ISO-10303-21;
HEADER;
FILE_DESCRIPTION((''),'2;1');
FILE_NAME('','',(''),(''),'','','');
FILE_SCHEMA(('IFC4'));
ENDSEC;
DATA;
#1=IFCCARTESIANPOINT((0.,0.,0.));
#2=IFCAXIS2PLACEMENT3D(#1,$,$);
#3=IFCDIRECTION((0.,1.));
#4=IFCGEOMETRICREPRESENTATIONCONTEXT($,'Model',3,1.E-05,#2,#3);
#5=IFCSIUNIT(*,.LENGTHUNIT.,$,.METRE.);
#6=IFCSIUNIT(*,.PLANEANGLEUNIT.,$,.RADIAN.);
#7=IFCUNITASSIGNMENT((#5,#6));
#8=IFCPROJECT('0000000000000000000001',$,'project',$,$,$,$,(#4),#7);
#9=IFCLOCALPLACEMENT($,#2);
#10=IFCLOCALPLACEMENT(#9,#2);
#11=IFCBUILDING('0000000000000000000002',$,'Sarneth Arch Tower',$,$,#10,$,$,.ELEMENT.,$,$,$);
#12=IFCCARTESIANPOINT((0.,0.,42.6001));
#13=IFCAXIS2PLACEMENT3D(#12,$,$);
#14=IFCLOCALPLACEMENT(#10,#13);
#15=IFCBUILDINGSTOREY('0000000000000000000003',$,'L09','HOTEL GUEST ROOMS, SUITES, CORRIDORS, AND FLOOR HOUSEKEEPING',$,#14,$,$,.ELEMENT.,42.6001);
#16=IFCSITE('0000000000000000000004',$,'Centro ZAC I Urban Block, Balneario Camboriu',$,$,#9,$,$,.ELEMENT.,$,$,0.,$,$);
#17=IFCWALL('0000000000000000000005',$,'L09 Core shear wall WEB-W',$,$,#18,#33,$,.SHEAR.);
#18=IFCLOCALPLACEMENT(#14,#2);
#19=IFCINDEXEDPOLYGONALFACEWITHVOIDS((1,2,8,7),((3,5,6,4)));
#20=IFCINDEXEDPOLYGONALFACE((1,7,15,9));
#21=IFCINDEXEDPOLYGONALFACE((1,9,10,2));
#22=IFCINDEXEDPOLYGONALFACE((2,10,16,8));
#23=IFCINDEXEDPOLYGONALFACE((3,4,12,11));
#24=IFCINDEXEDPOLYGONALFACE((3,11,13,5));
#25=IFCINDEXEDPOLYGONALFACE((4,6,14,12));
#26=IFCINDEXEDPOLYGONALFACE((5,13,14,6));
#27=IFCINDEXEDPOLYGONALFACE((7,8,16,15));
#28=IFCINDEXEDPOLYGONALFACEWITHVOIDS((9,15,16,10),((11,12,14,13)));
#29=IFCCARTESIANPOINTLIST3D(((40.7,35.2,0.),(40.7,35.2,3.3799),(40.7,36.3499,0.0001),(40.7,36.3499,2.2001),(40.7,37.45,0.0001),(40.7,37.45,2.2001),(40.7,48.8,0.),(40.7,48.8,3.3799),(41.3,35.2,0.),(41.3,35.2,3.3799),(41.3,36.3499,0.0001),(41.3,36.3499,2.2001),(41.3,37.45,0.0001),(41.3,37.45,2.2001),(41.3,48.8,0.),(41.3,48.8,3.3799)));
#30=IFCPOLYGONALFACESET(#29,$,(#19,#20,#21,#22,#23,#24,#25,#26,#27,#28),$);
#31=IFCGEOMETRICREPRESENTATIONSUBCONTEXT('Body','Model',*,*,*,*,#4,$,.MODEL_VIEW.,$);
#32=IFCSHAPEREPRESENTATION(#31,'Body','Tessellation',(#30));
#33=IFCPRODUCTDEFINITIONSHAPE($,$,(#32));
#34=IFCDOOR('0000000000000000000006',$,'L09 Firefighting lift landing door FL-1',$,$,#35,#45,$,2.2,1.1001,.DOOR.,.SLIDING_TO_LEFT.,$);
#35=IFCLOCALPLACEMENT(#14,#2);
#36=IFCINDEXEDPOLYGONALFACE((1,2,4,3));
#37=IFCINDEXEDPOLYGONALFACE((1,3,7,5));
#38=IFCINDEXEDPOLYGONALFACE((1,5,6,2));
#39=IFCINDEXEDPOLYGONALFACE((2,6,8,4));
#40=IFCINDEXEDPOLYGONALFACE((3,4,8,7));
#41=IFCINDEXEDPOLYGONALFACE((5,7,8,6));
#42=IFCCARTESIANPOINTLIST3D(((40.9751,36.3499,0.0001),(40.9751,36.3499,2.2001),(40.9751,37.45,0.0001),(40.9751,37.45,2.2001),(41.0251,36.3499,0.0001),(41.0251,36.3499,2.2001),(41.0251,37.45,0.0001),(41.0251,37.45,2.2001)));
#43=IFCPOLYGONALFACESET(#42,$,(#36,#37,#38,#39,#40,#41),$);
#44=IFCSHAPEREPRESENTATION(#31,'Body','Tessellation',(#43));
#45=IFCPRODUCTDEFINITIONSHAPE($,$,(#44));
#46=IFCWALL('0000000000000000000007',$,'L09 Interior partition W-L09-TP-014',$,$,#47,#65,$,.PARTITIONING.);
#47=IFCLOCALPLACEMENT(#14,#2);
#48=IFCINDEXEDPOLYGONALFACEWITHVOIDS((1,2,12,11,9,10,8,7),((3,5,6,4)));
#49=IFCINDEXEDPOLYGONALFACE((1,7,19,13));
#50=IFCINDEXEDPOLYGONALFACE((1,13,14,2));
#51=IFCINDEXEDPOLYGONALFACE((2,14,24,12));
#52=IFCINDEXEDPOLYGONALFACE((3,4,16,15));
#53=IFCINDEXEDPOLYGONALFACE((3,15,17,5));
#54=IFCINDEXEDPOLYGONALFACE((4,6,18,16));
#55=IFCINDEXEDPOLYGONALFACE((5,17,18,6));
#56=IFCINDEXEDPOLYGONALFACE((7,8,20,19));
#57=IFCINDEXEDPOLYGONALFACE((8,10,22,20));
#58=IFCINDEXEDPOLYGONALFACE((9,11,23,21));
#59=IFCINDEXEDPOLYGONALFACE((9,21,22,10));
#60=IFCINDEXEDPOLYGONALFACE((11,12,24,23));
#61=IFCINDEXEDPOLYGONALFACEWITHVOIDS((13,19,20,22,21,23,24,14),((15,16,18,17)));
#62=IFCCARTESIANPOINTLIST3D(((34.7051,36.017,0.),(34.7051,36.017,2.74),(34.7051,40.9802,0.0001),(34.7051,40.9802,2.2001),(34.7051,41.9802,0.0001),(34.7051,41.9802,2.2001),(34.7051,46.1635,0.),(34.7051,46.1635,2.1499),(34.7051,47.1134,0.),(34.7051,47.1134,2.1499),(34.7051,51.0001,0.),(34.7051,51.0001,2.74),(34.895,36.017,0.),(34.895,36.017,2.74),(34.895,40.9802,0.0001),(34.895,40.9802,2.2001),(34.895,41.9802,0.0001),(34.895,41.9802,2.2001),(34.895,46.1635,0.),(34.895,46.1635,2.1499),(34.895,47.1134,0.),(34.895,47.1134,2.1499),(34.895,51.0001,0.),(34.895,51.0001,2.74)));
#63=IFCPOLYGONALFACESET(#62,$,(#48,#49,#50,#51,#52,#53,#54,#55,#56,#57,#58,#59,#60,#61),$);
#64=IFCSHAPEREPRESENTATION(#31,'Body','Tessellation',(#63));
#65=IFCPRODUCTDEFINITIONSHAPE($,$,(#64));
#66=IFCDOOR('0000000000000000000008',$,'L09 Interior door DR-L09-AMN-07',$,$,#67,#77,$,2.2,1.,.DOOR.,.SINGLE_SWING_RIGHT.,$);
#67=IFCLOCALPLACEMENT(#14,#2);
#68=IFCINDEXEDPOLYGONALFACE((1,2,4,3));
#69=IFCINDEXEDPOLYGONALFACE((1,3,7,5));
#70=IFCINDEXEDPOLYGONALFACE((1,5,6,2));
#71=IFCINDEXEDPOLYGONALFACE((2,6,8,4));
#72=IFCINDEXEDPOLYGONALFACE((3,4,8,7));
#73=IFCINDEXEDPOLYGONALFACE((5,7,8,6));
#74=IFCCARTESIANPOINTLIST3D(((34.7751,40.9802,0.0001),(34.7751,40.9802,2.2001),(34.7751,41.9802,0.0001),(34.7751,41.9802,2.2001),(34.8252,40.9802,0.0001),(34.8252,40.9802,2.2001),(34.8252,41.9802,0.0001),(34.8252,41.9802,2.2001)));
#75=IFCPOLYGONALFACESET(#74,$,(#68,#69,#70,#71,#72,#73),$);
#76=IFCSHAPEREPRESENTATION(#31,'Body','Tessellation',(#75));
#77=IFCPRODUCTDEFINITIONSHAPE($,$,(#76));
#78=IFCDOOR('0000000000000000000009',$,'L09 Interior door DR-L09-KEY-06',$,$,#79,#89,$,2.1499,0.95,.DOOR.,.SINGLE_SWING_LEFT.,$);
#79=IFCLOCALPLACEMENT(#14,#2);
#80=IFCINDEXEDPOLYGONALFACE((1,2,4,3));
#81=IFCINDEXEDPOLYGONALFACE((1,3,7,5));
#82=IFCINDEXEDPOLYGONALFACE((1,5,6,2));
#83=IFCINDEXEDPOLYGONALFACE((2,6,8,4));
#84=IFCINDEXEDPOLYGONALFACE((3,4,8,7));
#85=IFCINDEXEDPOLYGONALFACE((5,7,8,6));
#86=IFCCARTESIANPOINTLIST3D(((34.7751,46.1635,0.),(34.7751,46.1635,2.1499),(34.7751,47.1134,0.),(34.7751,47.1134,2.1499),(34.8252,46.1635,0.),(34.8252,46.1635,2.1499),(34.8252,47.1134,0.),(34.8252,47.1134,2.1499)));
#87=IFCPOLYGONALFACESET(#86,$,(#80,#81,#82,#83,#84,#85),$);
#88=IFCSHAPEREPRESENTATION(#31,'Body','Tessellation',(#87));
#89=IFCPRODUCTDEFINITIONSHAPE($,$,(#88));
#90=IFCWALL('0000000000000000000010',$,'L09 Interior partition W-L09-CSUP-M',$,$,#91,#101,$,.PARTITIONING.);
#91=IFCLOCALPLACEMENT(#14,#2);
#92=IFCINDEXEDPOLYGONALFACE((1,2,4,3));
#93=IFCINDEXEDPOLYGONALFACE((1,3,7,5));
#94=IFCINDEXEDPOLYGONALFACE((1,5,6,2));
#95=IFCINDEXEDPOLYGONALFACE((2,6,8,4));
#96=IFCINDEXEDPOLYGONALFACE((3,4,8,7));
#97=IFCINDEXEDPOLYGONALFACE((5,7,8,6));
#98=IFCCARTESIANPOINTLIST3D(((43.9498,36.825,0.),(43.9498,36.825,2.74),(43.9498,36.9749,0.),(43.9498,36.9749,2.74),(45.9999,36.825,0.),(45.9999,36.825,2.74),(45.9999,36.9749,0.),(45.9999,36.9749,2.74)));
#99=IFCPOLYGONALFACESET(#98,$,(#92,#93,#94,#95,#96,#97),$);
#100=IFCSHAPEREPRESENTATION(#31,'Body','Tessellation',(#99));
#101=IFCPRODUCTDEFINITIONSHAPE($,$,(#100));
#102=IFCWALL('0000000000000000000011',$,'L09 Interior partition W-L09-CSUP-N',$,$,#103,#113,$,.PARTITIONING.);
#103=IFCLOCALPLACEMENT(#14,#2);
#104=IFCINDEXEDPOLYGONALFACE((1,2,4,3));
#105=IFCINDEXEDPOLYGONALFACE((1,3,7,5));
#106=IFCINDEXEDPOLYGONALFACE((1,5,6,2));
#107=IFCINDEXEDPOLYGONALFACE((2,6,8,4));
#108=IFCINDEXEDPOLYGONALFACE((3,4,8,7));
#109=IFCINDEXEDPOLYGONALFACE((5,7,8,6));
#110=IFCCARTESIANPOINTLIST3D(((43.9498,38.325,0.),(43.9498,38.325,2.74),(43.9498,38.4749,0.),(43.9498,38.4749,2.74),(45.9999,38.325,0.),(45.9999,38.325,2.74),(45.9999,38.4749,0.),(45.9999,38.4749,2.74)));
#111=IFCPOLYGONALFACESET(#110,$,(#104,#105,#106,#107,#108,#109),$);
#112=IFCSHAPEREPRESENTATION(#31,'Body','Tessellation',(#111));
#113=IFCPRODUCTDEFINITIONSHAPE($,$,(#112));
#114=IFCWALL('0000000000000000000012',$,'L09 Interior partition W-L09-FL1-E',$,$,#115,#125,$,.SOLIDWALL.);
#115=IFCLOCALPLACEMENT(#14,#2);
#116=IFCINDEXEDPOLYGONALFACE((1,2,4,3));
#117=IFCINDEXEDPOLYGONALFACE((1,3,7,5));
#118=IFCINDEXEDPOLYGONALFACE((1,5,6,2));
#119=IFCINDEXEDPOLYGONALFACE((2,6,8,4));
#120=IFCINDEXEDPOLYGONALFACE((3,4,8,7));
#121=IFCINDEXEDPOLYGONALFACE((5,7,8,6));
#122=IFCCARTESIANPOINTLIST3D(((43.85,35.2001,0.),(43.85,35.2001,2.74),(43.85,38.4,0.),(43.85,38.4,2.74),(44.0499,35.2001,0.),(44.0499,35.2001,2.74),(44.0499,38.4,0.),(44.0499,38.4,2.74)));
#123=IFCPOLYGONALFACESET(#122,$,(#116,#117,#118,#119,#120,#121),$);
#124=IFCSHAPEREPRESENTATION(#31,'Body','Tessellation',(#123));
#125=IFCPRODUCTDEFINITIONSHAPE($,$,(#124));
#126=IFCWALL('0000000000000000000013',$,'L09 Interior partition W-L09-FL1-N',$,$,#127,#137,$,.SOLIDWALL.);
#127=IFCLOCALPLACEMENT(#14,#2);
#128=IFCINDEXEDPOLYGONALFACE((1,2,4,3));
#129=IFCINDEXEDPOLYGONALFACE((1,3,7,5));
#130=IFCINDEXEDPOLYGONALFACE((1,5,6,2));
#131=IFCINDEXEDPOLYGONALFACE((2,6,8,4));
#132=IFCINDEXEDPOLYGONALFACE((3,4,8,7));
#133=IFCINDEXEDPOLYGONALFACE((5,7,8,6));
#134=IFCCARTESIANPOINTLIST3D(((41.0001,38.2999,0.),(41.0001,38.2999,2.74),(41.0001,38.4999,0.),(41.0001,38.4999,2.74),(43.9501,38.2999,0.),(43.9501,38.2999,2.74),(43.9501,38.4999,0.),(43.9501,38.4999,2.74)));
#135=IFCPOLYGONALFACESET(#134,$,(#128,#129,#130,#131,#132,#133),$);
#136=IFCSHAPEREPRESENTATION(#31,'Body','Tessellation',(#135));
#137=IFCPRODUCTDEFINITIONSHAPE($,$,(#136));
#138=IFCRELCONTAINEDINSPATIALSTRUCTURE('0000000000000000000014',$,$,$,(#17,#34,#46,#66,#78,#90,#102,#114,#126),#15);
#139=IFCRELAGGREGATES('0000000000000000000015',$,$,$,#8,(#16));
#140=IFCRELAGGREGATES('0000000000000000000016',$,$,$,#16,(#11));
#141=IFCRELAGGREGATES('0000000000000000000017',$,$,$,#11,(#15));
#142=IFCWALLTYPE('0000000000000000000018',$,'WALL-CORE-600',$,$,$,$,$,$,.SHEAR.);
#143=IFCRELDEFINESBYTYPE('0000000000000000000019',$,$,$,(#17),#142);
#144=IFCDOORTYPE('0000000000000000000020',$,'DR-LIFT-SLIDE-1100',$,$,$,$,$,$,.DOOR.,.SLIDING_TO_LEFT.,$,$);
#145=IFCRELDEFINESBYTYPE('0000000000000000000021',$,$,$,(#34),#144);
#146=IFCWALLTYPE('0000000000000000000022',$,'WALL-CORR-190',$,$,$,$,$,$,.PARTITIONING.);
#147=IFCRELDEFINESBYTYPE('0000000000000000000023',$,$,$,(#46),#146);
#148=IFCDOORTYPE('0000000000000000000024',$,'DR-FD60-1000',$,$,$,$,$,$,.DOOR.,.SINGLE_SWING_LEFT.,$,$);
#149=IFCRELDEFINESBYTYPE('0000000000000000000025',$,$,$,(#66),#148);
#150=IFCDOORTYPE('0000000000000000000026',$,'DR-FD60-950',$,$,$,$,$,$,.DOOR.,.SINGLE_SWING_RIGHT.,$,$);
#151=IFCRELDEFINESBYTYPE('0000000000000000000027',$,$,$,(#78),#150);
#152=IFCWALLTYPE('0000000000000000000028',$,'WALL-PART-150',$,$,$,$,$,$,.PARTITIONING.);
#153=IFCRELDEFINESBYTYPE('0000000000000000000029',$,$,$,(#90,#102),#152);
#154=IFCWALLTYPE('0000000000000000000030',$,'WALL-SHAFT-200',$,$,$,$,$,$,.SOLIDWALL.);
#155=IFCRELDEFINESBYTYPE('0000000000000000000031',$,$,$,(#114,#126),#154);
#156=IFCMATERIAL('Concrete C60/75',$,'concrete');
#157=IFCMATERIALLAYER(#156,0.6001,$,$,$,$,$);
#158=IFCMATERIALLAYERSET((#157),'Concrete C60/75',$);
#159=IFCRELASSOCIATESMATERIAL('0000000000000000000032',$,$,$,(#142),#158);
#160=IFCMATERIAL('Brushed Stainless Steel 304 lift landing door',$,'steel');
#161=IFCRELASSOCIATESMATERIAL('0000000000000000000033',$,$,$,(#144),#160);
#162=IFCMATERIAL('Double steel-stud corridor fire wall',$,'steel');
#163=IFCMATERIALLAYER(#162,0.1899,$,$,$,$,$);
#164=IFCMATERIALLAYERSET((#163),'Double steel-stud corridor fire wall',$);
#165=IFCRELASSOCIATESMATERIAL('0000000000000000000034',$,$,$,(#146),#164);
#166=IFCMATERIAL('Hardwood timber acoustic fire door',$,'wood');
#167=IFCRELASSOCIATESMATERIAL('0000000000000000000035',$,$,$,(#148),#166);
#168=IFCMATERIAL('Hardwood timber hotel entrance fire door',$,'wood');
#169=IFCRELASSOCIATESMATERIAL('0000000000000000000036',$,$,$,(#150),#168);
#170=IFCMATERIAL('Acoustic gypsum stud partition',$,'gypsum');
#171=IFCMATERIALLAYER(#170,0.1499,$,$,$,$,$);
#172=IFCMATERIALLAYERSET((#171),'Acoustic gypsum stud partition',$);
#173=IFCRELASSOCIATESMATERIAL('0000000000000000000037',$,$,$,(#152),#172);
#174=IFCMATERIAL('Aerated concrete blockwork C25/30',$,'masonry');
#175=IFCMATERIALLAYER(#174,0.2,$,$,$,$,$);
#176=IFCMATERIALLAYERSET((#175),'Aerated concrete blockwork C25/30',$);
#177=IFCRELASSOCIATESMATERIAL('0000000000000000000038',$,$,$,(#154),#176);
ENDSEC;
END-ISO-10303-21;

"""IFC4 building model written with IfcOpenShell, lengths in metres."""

from ifc_helpers import new_model, si_unit, direction, frame, frame_2d, origin, place, context, subcontext, project, spatial, rectangle, extrude, material, layer, layer_set, type_object, element, fill, save


model = new_model("IFC4")

# Units and contexts
model_context = context("Model", 3, precision=1e-05, world=origin(), true_north=direction((0.0, 1.0)))
body_context = subcontext(model_context, "Body", "Model", "MODEL_VIEW")
ifc_project = project(units=[si_unit("LENGTHUNIT", "METRE"), si_unit("PLANEANGLEUNIT", "RADIAN")], contexts=[model_context])

# Site, building, storey
site_placement = place(None, origin())
site = spatial("IfcSite", under=ifc_project, at=site_placement, Name="Centro ZAC I Urban Block, Balneario Camboriu", CompositionType="ELEMENT", RefElevation=0.0)
building_placement = place(site_placement, origin())
building = spatial("IfcBuilding", under=site, at=building_placement, Name="Sarneth Arch Tower", CompositionType="ELEMENT")
storey_placement = place(building_placement, frame((0.0, 0.0, 42.6001)))
storey = spatial("IfcBuildingStorey", under=building, at=storey_placement, Name="L09", Description="HOTEL GUEST ROOMS, SUITES, CORRIDORS, AND FLOOR HOUSEKEEPING", CompositionType="ELEMENT", Elevation=42.6001)

# Shared definitions
ifc_material_1 = material(Name="Concrete C60/75", Category="concrete")
ifc_layer_1 = layer(ifc_material_1, 0.6001)
ifc_layer_set_1 = layer_set([ifc_layer_1], Name="Concrete C60/75")
wall_type_1 = type_object("IfcWallType", Name="WALL-CORE-600", PredefinedType="SHEAR", material=ifc_layer_set_1)

# Wall, opening, door
wall_1_placement = place(storey_placement, frame((41.0, 35.2, 0.0), z_axis=(0.0, 0.0, 1.0), x_axis=(0.0, 1.0, 0.0)))
wall_1 = element("IfcWall", 1, at=wall_1_placement, inside=storey, type_object=wall_type_1, Name="L09 Core shear wall WEB-W", PredefinedType="SHEAR", context=body_context, shape_type="SweptSolid", body=[
    extrude(rectangle(XDim=13.6001, YDim=0.6001, at=frame_2d((6.8, 0.0))), origin(), (0.0, 0.0, 1.0), 3.3799),
])
opening_1_placement = place(wall_1_placement, frame((1.1499, 0.0, 0.0)))
opening_1 = element("IfcOpeningElement", 2, at=opening_1_placement, cuts=wall_1, PredefinedType="OPENING", context=body_context, shape_type="SweptSolid", body=[
    extrude(rectangle(XDim=1.1001, YDim=2.2, at=frame_2d((0.55, 1.1001))), frame((0.0, 0.3101, 0.0), z_axis=(0.0, -1.0, 0.0), x_axis=(1.0, 0.0, 0.0)), (0.0, 0.0, 1.0), 0.6201),
])
ifc_material_2 = material(Name="Brushed Stainless Steel 304 lift landing door", Category="steel")
door_type_1 = type_object("IfcDoorType", Name="DR-LIFT-SLIDE-1100", OperationType="SLIDING_TO_LEFT", PredefinedType="DOOR", material=ifc_material_2)
door_1_placement = place(opening_1_placement, origin())
door_1 = element("IfcDoor", 3, at=door_1_placement, inside=storey, type_object=door_type_1, Name="L09 Firefighting lift landing door FL-1", OperationType="SLIDING_TO_LEFT", OverallHeight=2.2, OverallWidth=1.1001, PredefinedType="DOOR", context=body_context, shape_type="SweptSolid", body=[
    extrude(rectangle(XDim=1.1001, YDim=2.2, at=frame_2d((0.55, 1.1001))), frame((0.0, 0.0249, 0.0), z_axis=(0.0, -1.0, 0.0), x_axis=(1.0, 0.0, 0.0)), (0.0, 0.0, 1.0), 0.05),
])
fill(opening_1, door_1)

# Wall, openings, doors
ifc_material_3 = material(Name="Double steel-stud corridor fire wall", Category="steel")
ifc_layer_2 = layer(ifc_material_3, 0.1899)
ifc_layer_set_2 = layer_set([ifc_layer_2], Name="Double steel-stud corridor fire wall")
wall_type_2 = type_object("IfcWallType", Name="WALL-CORR-190", PredefinedType="PARTITIONING", material=ifc_layer_set_2)
wall_2_placement = place(storey_placement, frame((34.8, 36.0168, 0.0), z_axis=(0.0, 0.0, 1.0), x_axis=(0.0, 1.0, 0.0)))
wall_2 = element("IfcWall", 4, at=wall_2_placement, inside=storey, type_object=wall_type_2, Name="L09 Interior partition W-L09-TP-014", PredefinedType="PARTITIONING", context=body_context, shape_type="SweptSolid", body=[
    extrude(rectangle(XDim=14.9832, YDim=0.1899, at=frame_2d((7.4917, 0.0))), origin(), (0.0, 0.0, 1.0), 2.74),
])
opening_2_placement = place(wall_2_placement, frame((4.9634, 0.0, 0.0)))
opening_2 = element("IfcOpeningElement", 5, at=opening_2_placement, cuts=wall_2, PredefinedType="OPENING", context=body_context, shape_type="SweptSolid", body=[
    extrude(rectangle(XDim=1.0, YDim=2.2, at=frame_2d((0.5, 1.1001))), frame((0.0, 0.105, 0.0), z_axis=(0.0, -1.0, 0.0), x_axis=(1.0, 0.0, 0.0)), (0.0, 0.0, 1.0), 0.21),
])
opening_3_placement = place(wall_2_placement, frame((10.1465, 0.0, 0.0)))
opening_3 = element("IfcOpeningElement", 6, at=opening_3_placement, cuts=wall_2, PredefinedType="OPENING", context=body_context, shape_type="SweptSolid", body=[
    extrude(rectangle(XDim=0.95, YDim=2.1499, at=frame_2d((0.4751, 1.075))), frame((0.0, 0.105, 0.0), z_axis=(0.0, -1.0, 0.0), x_axis=(1.0, 0.0, 0.0)), (0.0, 0.0, 1.0), 0.21),
])
ifc_material_4 = material(Name="Hardwood timber acoustic fire door", Category="wood")
door_type_2 = type_object("IfcDoorType", Name="DR-FD60-1000", OperationType="SINGLE_SWING_LEFT", PredefinedType="DOOR", material=ifc_material_4)
door_2_placement = place(opening_2_placement, origin())
door_2 = element("IfcDoor", 7, at=door_2_placement, inside=storey, type_object=door_type_2, Name="L09 Interior door DR-L09-AMN-07", OperationType="SINGLE_SWING_RIGHT", OverallHeight=2.2, OverallWidth=1.0, PredefinedType="DOOR", context=body_context, shape_type="SweptSolid", body=[
    extrude(rectangle(XDim=1.0, YDim=2.2, at=frame_2d((0.5, 1.1001))), frame((0.0, 0.0249, 0.0), z_axis=(0.0, -1.0, 0.0), x_axis=(1.0, 0.0, 0.0)), (0.0, 0.0, 1.0), 0.05),
])
fill(opening_2, door_2)
ifc_material_5 = material(Name="Hardwood timber hotel entrance fire door", Category="wood")
door_type_3 = type_object("IfcDoorType", Name="DR-FD60-950", OperationType="SINGLE_SWING_RIGHT", PredefinedType="DOOR", material=ifc_material_5)
door_3_placement = place(opening_3_placement, origin())
door_3 = element("IfcDoor", 8, at=door_3_placement, inside=storey, type_object=door_type_3, Name="L09 Interior door DR-L09-KEY-06", OperationType="SINGLE_SWING_LEFT", OverallHeight=2.1499, OverallWidth=0.95, PredefinedType="DOOR", context=body_context, shape_type="SweptSolid", body=[
    extrude(rectangle(XDim=0.95, YDim=2.1499, at=frame_2d((0.4751, 1.075))), frame((0.0, 0.0249, 0.0), z_axis=(0.0, -1.0, 0.0), x_axis=(1.0, 0.0, 0.0)), (0.0, 0.0, 1.0), 0.05),
])
fill(opening_3, door_3)

# Walls
ifc_material_6 = material(Name="Acoustic gypsum stud partition", Category="gypsum")
ifc_layer_3 = layer(ifc_material_6, 0.1499)
ifc_layer_set_3 = layer_set([ifc_layer_3], Name="Acoustic gypsum stud partition")
wall_type_3 = type_object("IfcWallType", Name="WALL-PART-150", PredefinedType="PARTITIONING", material=ifc_layer_set_3)
for number, where, z_axis, x_axis, name in (
    (9, (43.95, 36.8999, 0.0), (0.0, 0.0, 1.0), (1.0, 0.0, 0.0), "L09 Interior partition W-L09-CSUP-M"),
    (10, (43.95, 38.3999, 0.0), (0.0, 0.0, 1.0), (1.0, 0.0, 0.0), "L09 Interior partition W-L09-CSUP-N"),
):
    element("IfcWall", number, at=place(storey_placement, frame(where, z_axis=z_axis, x_axis=x_axis)), inside=storey, type_object=wall_type_3, Name=name, PredefinedType="PARTITIONING", context=body_context, shape_type="SweptSolid", body=[
        extrude(rectangle(XDim=2.05, YDim=0.1499, at=frame_2d((1.0249, 0.0))), origin(), (0.0, 0.0, 1.0), 2.74),
    ])

# Shared definitions
ifc_material_7 = material(Name="Aerated concrete blockwork C25/30", Category="masonry")
ifc_layer_4 = layer(ifc_material_7, 0.2)
ifc_layer_set_4 = layer_set([ifc_layer_4], Name="Aerated concrete blockwork C25/30")
wall_type_4 = type_object("IfcWallType", Name="WALL-SHAFT-200", PredefinedType="SOLIDWALL", material=ifc_layer_set_4)

# Walls
wall_3_placement = place(storey_placement, frame((43.95, 35.2, 0.0), z_axis=(0.0, 0.0, 1.0), x_axis=(0.0, 1.0, 0.0)))
element("IfcWall", 11, at=wall_3_placement, inside=storey, type_object=wall_type_4, Name="L09 Interior partition W-L09-FL1-E", PredefinedType="SOLIDWALL", context=body_context, shape_type="SweptSolid", body=[
    extrude(rectangle(XDim=3.2, YDim=0.2, at=frame_2d((1.6001, 0.0))), origin(), (0.0, 0.0, 1.0), 2.74),
])
wall_4_placement = place(storey_placement, frame((41.0, 38.3999, 0.0), z_axis=(0.0, 0.0, 1.0), x_axis=(1.0, 0.0, 0.0)))
element("IfcWall", 12, at=wall_4_placement, inside=storey, type_object=wall_type_4, Name="L09 Interior partition W-L09-FL1-N", PredefinedType="SOLIDWALL", context=body_context, shape_type="SweptSolid", body=[
    extrude(rectangle(XDim=2.95, YDim=0.2, at=frame_2d((1.4751, 0.0))), origin(), (0.0, 0.0, 1.0), 2.74),
])

save(model, "model.ifc")
